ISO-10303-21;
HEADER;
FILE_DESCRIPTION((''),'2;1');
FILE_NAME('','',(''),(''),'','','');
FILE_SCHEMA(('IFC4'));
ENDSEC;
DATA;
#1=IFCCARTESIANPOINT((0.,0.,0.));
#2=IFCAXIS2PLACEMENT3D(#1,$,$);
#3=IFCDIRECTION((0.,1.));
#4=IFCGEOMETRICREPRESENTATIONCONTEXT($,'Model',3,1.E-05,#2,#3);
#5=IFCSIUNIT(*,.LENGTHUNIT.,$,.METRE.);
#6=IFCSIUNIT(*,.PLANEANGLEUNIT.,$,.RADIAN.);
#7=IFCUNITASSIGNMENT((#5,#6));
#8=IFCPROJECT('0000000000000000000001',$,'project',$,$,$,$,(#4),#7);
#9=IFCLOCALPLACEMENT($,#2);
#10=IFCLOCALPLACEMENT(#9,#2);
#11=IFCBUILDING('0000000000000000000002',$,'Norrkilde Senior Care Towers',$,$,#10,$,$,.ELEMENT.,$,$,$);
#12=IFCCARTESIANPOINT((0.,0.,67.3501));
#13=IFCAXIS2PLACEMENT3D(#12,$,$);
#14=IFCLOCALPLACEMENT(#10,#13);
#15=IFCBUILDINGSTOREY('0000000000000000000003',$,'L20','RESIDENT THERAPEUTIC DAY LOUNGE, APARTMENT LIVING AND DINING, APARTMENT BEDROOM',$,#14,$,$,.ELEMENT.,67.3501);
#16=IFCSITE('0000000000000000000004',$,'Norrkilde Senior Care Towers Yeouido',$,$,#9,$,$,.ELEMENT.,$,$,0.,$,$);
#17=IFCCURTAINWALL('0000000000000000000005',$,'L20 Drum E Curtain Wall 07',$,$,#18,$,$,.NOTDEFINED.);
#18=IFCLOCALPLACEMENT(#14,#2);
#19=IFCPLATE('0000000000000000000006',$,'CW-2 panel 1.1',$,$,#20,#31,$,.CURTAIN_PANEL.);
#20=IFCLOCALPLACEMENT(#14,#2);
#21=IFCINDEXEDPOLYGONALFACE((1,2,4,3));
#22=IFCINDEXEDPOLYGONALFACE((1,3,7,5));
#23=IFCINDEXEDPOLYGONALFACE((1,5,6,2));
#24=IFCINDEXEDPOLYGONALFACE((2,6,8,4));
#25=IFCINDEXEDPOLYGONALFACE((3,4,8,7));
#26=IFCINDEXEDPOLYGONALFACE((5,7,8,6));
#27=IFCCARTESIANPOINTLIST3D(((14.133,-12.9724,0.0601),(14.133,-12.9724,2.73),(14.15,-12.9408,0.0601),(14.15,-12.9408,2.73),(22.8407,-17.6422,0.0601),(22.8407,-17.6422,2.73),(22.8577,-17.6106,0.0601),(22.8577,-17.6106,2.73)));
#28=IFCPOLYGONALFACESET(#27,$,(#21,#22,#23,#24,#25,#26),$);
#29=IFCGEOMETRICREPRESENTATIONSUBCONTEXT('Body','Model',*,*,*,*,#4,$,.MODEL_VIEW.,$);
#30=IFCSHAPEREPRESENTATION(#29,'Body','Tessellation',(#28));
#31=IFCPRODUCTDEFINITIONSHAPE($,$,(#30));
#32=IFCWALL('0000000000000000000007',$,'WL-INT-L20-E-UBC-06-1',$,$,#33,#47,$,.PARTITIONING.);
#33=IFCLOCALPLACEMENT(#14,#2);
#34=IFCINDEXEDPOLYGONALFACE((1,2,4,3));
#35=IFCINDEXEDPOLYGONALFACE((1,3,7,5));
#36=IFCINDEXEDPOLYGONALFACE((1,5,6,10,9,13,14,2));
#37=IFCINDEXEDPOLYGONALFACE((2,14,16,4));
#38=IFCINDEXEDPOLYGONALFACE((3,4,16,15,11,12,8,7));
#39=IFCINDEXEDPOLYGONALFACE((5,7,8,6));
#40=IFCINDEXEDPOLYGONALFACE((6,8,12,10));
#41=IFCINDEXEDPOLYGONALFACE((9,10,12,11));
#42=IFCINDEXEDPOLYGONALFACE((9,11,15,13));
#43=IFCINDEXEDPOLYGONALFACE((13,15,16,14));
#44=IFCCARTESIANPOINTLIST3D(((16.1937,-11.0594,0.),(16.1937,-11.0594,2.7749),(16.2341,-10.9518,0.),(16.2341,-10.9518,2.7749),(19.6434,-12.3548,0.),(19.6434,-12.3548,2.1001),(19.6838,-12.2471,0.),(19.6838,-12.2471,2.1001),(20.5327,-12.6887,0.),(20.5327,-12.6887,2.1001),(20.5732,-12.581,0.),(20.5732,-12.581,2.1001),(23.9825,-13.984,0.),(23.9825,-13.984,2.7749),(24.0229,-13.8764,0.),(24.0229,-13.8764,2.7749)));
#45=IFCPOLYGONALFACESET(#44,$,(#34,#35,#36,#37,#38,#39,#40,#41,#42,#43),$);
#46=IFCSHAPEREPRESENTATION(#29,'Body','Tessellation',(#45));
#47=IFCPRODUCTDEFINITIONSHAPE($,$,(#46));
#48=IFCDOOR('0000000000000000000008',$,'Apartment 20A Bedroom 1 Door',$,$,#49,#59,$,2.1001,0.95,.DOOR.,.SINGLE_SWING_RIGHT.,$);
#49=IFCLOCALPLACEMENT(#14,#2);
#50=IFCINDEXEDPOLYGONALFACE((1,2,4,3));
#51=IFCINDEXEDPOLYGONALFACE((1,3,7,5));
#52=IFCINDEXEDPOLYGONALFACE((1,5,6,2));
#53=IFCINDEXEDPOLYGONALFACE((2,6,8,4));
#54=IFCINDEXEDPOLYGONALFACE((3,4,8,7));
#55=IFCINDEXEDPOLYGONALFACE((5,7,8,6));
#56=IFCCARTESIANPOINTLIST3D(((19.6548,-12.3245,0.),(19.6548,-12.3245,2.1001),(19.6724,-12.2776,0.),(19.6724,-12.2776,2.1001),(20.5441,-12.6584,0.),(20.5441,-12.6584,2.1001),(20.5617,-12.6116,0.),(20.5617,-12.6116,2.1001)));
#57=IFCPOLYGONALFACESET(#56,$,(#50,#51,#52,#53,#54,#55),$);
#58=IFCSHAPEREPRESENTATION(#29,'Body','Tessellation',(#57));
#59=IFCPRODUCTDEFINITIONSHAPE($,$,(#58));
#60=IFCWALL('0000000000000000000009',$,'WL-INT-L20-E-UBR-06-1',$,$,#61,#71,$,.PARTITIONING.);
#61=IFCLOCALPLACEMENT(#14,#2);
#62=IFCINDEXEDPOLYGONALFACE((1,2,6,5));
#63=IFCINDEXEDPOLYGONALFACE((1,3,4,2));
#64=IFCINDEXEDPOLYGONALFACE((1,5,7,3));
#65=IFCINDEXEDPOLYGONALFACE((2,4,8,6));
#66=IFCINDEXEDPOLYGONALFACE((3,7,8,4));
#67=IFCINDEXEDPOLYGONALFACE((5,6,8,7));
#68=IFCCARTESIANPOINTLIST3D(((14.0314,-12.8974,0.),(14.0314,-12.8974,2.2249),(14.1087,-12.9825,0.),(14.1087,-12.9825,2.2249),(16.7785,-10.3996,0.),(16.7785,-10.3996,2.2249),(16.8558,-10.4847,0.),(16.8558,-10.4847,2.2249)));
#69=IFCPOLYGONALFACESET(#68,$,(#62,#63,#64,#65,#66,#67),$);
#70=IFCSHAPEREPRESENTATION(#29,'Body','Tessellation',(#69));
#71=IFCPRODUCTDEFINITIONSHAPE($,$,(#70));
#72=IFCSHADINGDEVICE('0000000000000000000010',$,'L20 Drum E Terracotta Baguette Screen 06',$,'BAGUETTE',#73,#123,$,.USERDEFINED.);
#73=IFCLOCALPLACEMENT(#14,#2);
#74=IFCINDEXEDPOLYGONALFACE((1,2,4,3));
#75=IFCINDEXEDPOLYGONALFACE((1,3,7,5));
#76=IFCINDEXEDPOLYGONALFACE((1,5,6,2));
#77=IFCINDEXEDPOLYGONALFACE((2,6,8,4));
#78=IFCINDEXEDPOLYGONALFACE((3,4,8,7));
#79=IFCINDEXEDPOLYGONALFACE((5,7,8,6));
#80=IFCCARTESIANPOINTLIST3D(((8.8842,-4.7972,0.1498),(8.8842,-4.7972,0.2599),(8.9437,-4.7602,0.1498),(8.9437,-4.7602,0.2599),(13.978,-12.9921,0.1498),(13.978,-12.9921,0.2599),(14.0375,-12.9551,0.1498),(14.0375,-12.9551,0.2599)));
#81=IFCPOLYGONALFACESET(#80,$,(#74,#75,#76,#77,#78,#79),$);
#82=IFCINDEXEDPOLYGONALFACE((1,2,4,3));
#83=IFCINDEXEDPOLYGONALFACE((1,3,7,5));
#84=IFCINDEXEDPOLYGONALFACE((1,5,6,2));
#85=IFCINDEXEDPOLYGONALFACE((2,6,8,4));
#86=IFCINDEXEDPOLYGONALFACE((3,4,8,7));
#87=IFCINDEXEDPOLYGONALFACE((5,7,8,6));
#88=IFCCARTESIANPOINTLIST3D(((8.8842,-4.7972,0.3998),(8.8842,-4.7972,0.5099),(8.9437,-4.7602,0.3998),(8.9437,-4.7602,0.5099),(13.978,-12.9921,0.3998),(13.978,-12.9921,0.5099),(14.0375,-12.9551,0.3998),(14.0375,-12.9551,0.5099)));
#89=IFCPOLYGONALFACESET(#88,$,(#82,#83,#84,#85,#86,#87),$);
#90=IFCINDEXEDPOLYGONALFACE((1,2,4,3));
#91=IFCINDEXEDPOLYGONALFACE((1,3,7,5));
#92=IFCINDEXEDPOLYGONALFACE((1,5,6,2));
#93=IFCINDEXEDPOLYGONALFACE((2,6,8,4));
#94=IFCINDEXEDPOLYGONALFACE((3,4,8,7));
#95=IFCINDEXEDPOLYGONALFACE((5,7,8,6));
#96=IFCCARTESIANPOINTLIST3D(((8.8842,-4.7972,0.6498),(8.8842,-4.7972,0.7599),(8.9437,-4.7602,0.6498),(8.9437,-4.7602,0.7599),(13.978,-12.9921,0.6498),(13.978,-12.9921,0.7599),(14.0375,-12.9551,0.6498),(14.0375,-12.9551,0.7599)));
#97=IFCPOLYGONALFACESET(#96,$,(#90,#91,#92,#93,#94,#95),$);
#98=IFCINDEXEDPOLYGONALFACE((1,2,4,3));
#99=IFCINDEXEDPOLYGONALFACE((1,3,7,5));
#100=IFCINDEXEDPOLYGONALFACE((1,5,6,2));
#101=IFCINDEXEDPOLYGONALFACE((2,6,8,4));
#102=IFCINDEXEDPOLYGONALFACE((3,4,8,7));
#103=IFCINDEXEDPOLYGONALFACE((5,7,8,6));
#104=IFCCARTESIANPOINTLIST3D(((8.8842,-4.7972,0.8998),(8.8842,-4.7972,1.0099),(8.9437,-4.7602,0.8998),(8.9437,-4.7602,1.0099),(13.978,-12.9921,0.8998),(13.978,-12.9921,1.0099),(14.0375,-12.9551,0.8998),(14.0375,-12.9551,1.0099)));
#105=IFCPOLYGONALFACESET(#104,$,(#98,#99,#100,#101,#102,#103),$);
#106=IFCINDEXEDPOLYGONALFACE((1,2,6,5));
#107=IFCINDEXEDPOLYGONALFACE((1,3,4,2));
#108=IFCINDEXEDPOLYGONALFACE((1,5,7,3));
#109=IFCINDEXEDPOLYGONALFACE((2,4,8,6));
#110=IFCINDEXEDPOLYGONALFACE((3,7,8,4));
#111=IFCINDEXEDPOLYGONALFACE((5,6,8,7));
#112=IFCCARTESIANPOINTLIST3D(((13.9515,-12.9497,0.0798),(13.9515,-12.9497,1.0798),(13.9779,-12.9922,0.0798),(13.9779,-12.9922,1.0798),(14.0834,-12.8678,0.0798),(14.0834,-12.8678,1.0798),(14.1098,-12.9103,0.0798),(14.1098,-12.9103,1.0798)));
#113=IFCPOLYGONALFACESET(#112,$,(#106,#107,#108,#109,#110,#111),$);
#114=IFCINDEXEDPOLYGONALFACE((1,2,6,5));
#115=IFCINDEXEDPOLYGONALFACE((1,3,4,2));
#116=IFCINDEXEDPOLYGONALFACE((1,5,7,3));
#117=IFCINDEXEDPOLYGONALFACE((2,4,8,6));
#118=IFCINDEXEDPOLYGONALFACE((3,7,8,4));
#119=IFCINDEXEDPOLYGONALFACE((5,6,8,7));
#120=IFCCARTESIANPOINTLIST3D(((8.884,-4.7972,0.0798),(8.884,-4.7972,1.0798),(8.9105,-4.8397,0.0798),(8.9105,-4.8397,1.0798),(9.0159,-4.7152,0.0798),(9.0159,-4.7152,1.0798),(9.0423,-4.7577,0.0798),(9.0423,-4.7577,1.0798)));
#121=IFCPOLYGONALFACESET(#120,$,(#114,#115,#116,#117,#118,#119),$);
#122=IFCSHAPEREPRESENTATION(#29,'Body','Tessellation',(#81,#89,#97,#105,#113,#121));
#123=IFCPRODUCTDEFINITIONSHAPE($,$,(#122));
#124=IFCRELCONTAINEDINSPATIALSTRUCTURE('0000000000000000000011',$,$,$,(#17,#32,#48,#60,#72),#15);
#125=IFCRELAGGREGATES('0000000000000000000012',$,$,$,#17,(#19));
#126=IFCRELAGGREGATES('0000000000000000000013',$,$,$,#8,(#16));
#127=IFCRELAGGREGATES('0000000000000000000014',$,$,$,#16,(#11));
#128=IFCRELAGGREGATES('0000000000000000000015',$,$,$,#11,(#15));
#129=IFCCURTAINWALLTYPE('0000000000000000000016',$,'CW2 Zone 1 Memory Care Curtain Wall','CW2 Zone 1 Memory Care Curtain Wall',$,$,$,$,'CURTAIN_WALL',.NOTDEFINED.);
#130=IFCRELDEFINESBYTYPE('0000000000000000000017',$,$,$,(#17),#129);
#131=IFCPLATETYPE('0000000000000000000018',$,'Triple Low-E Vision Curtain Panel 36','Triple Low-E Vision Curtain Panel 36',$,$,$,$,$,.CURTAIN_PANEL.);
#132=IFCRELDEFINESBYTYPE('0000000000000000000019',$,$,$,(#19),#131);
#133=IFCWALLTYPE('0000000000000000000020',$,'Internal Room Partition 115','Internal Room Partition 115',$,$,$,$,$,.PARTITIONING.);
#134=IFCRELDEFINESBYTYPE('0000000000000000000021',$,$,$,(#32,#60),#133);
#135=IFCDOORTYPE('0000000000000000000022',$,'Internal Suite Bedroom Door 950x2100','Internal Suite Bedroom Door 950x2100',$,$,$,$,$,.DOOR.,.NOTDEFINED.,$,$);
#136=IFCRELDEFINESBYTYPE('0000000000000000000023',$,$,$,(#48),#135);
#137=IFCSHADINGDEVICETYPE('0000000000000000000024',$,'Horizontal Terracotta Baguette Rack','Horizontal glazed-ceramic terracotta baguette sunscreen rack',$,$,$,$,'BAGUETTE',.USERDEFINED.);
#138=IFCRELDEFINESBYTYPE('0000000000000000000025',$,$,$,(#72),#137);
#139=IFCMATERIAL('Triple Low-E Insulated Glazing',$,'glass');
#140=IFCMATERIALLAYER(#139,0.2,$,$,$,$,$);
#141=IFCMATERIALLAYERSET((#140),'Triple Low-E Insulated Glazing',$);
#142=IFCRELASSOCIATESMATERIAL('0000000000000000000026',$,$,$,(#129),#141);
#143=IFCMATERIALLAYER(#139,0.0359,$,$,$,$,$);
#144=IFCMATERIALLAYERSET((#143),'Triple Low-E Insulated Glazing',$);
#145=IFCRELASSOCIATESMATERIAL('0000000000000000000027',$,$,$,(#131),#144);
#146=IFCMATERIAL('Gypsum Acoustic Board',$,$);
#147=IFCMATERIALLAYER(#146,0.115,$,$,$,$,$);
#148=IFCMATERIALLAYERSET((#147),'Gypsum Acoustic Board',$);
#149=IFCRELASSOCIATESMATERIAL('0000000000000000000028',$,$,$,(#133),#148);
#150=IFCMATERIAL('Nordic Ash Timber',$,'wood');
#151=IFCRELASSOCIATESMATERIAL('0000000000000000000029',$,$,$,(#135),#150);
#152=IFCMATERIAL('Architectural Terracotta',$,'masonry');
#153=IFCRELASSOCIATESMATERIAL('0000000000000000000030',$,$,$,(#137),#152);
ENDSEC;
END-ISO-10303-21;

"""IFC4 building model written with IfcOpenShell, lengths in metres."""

from ifc_helpers import new_model, si_unit, direction, frame, frame_2d, origin, origin_2d, place, context, subcontext, project, spatial, rectangle, extrude, source, transform, mapped, material, layer, layer_set, type_object, type_shapes, element, fill, aggregate, save


model = new_model("IFC4")

# Units and contexts
model_context = context("Model", 3, precision=1e-05, world=origin(), true_north=direction((0.0, 1.0)))
body_context = subcontext(model_context, "Body", "Model", "MODEL_VIEW")
ifc_project = project(units=[si_unit("LENGTHUNIT", "METRE"), si_unit("PLANEANGLEUNIT", "RADIAN")], contexts=[model_context])

# Site, building, storey
site_placement = place(None, origin())
site = spatial("IfcSite", under=ifc_project, at=site_placement, Name="Norrkilde Senior Care Towers Yeouido", CompositionType="ELEMENT", RefElevation=0.0)
building_placement = place(site_placement, origin())
building = spatial("IfcBuilding", under=site, at=building_placement, Name="Norrkilde Senior Care Towers", CompositionType="ELEMENT")
storey_placement = place(building_placement, frame((0.0, 0.0, 67.3501)))
storey = spatial("IfcBuildingStorey", under=building, at=storey_placement, Name="L20", Description="RESIDENT THERAPEUTIC DAY LOUNGE, APARTMENT LIVING AND DINING, APARTMENT BEDROOM", CompositionType="ELEMENT", Elevation=67.3501)

# Curtain wall
ifc_material_1 = material(Name="Triple Low-E Insulated Glazing", Category="glass")
ifc_layer_1 = layer(ifc_material_1, 0.2)
ifc_layer_set_1 = layer_set([ifc_layer_1], Name="Triple Low-E Insulated Glazing")
curtain_wall_type = type_object("IfcCurtainWallType", Name="CW2 Zone 1 Memory Care Curtain Wall", Description="CW2 Zone 1 Memory Care Curtain Wall", ElementType="CURTAIN_WALL", PredefinedType="NOTDEFINED", material=ifc_layer_set_1)
curtain_wall_1_placement = place(storey_placement, origin())
curtain_wall_1 = element("IfcCurtainWall", 1, at=curtain_wall_1_placement, inside=storey, type_object=curtain_wall_type, Name="L20 Drum E Curtain Wall 07", PredefinedType="NOTDEFINED")

# Plate
ifc_layer_2 = layer(ifc_material_1, 0.0359)
ifc_layer_set_2 = layer_set([ifc_layer_2], Name="Triple Low-E Insulated Glazing")
plate_type = type_object("IfcPlateType", Name="Triple Low-E Vision Curtain Panel 36", Description="Triple Low-E Vision Curtain Panel 36", PredefinedType="CURTAIN_PANEL", material=ifc_layer_set_2)
shared_shape_1 = source(origin(), body_context, "Body", "SweptSolid", [
    extrude(rectangle(XDim=9.8809, YDim=0.0359, at=origin_2d()), origin(), (0.0, 0.0, 1.0), 2.6699),
])
plate_1_placement = place(storey_placement, frame((18.4954, -15.2915, 0.0601), z_axis=(0.0, 0.0, 1.0), x_axis=(-0.881273, 0.472608, 0.0)))
plate_1 = element("IfcPlate", 2, at=plate_1_placement, type_object=plate_type, Name="CW-2 panel 1.1", PredefinedType="CURTAIN_PANEL", context=body_context, shape_type="MappedRepresentation", body=[
    mapped(shared_shape_1, transform((0.0, 0.0, 0.0), x_axis=(1.0, 0.0, 0.0), y_axis=(0.0, 1.0, 0.0), z_axis=(0.0, 0.0, 1.0), scale=1.0)),
])
aggregate(curtain_wall_1, [plate_1])

# Wall, opening, door
ifc_material_2 = material(Name="Gypsum Acoustic Board")
ifc_layer_3 = layer(ifc_material_2, 0.115)
ifc_layer_set_3 = layer_set([ifc_layer_3], Name="Gypsum Acoustic Board")
wall_type = type_object("IfcWallType", Name="Internal Room Partition 115", Description="Internal Room Partition 115", PredefinedType="PARTITIONING", material=ifc_layer_set_3)
shared_shape_2 = source(origin(), body_context, "Body", "SweptSolid", [
    extrude(rectangle(XDim=8.3198, YDim=0.115, at=frame_2d((4.1599, 0.0))), origin(), (0.0, 0.0, 1.0), 2.7749),
])
wall_1_placement = place(storey_placement, frame((16.2139, -11.0056, 0.0), z_axis=(0.0, 0.0, 1.0), x_axis=(0.936181, -0.351519, 0.0)))
wall_1 = element("IfcWall", 3, at=wall_1_placement, inside=storey, type_object=wall_type, Name="WL-INT-L20-E-UBC-06-1", PredefinedType="PARTITIONING", context=body_context, shape_type="MappedRepresentation", body=[
    mapped(shared_shape_2, transform((0.0, 0.0, 0.0), x_axis=(1.0, 0.0, 0.0), y_axis=(0.0, 1.0, 0.0), z_axis=(0.0, 0.0, 1.0), scale=1.0)),
])
opening_placement = place(wall_1_placement, frame((3.6848, 0.0, 0.0)))
opening = element("IfcOpeningElement", 4, at=opening_placement, cuts=wall_1, PredefinedType="OPENING", context=body_context, shape_type="SweptSolid", body=[
    extrude(rectangle(XDim=0.95, YDim=2.1001, at=frame_2d((0.4751, 1.05))), frame((0.0, 0.0674, 0.0), z_axis=(0.0, -1.0, 0.0), x_axis=(1.0, 0.0, 0.0)), (0.0, 0.0, 1.0), 0.135),
])
ifc_material_3 = material(Name="Nordic Ash Timber", Category="wood")
door_type = type_object("IfcDoorType", Name="Internal Suite Bedroom Door 950x2100", Description="Internal Suite Bedroom Door 950x2100", OperationType="NOTDEFINED", PredefinedType="DOOR", material=ifc_material_3)
shared_shape_3 = source(origin(), body_context, "Body", "SweptSolid", [
    extrude(rectangle(XDim=0.95, YDim=2.1001, at=frame_2d((0.4751, 1.05))), frame((0.0, 0.0249, 0.0), z_axis=(0.0, -1.0, 0.0), x_axis=(1.0, 0.0, 0.0)), (0.0, 0.0, 1.0), 0.05),
])
type_shapes(door_type, [shared_shape_3])
door_placement = place(opening_placement, origin())
door = element("IfcDoor", 5, at=door_placement, inside=storey, type_object=door_type, Name="Apartment 20A Bedroom 1 Door", OperationType="SINGLE_SWING_RIGHT", OverallHeight=2.1001, OverallWidth=0.95, PredefinedType="DOOR", context=body_context, shape_type="MappedRepresentation", body=[
    mapped(shared_shape_3, transform((0.0, 0.0, 0.0), x_axis=(1.0, 0.0, 0.0), y_axis=(0.0, 1.0, 0.0), z_axis=(0.0, 0.0, 1.0), scale=1.0)),
])
fill(opening, door)

# Wall
shared_shape_4 = source(origin(), body_context, "Body", "SweptSolid", [
    extrude(rectangle(XDim=3.7129, YDim=0.115, at=frame_2d((1.8564, 0.0))), origin(), (0.0, 0.0, 1.0), 2.2249),
])
type_shapes(wall_type, [shared_shape_2, shared_shape_4])
wall_2_placement = place(storey_placement, frame((16.8171, -10.4421, 0.0), z_axis=(0.0, 0.0, 1.0), x_axis=(-0.739878, -0.672742, 0.0)))
element("IfcWall", 6, at=wall_2_placement, inside=storey, type_object=wall_type, Name="WL-INT-L20-E-UBR-06-1", PredefinedType="PARTITIONING", context=body_context, shape_type="MappedRepresentation", body=[
    mapped(shared_shape_4, transform((0.0, 0.0, 0.0), x_axis=(1.0, 0.0, 0.0), y_axis=(0.0, 1.0, 0.0), z_axis=(0.0, 0.0, 1.0), scale=1.0)),
])

# Shading device
ifc_material_4 = material(Name="Architectural Terracotta", Category="masonry")
shading_device_type = type_object("IfcShadingDeviceType", Name="Horizontal Terracotta Baguette Rack", Description="Horizontal glazed-ceramic terracotta baguette sunscreen rack", ElementType="BAGUETTE", PredefinedType="USERDEFINED", material=ifc_material_4)
shared_shape_5 = source(origin(), body_context, "Body", "SweptSolid", [
    extrude(rectangle(XDim=0.0701, YDim=0.1101, at=origin_2d()), frame((0.0, 0.0901, 0.125), z_axis=(1.0, 0.0, 0.0), x_axis=(0.0, 1.0, 0.0)), (0.0, 0.0, 1.0), 9.6489),
    extrude(rectangle(XDim=0.0701, YDim=0.1101, at=origin_2d()), frame((0.0, 0.0901, 0.375), z_axis=(1.0, 0.0, 0.0), x_axis=(0.0, 1.0, 0.0)), (0.0, 0.0, 1.0), 9.6489),
    extrude(rectangle(XDim=0.0701, YDim=0.1101, at=origin_2d()), frame((0.0, 0.0901, 0.625), z_axis=(1.0, 0.0, 0.0), x_axis=(0.0, 1.0, 0.0)), (0.0, 0.0, 1.0), 9.6489),
    extrude(rectangle(XDim=0.0701, YDim=0.1101, at=origin_2d()), frame((0.0, 0.0901, 0.875), z_axis=(1.0, 0.0, 0.0), x_axis=(0.0, 1.0, 0.0)), (0.0, 0.0, 1.0), 9.6489),
    extrude(rectangle(XDim=0.05, YDim=0.1553, at=origin_2d()), frame((0.0249, 0.0476, 0.0)), (0.0, 0.0, 1.0), 1.0),
    extrude(rectangle(XDim=0.05, YDim=0.1553, at=origin_2d()), frame((9.624, 0.0476, 0.0)), (0.0, 0.0, 1.0), 1.0),
])
type_shapes(shading_device_type, [shared_shape_5])
shading_device_placement = place(storey_placement, frame((14.0842, -12.926, 0.0798), z_axis=(0.0, 0.0, 1.0), x_axis=(-0.527909, 0.849299, 0.0)))
element("IfcShadingDevice", 7, at=shading_device_placement, inside=storey, type_object=shading_device_type, Name="L20 Drum E Terracotta Baguette Screen 06", ObjectType="BAGUETTE", PredefinedType="USERDEFINED", context=body_context, shape_type="MappedRepresentation", body=[
    mapped(shared_shape_5, transform((0.0, 0.0, 0.0), x_axis=(1.0, 0.0, 0.0), y_axis=(0.0, 1.0, 0.0), z_axis=(0.0, 0.0, 1.0), scale=1.0)),
])

save(model, "model.ifc")
